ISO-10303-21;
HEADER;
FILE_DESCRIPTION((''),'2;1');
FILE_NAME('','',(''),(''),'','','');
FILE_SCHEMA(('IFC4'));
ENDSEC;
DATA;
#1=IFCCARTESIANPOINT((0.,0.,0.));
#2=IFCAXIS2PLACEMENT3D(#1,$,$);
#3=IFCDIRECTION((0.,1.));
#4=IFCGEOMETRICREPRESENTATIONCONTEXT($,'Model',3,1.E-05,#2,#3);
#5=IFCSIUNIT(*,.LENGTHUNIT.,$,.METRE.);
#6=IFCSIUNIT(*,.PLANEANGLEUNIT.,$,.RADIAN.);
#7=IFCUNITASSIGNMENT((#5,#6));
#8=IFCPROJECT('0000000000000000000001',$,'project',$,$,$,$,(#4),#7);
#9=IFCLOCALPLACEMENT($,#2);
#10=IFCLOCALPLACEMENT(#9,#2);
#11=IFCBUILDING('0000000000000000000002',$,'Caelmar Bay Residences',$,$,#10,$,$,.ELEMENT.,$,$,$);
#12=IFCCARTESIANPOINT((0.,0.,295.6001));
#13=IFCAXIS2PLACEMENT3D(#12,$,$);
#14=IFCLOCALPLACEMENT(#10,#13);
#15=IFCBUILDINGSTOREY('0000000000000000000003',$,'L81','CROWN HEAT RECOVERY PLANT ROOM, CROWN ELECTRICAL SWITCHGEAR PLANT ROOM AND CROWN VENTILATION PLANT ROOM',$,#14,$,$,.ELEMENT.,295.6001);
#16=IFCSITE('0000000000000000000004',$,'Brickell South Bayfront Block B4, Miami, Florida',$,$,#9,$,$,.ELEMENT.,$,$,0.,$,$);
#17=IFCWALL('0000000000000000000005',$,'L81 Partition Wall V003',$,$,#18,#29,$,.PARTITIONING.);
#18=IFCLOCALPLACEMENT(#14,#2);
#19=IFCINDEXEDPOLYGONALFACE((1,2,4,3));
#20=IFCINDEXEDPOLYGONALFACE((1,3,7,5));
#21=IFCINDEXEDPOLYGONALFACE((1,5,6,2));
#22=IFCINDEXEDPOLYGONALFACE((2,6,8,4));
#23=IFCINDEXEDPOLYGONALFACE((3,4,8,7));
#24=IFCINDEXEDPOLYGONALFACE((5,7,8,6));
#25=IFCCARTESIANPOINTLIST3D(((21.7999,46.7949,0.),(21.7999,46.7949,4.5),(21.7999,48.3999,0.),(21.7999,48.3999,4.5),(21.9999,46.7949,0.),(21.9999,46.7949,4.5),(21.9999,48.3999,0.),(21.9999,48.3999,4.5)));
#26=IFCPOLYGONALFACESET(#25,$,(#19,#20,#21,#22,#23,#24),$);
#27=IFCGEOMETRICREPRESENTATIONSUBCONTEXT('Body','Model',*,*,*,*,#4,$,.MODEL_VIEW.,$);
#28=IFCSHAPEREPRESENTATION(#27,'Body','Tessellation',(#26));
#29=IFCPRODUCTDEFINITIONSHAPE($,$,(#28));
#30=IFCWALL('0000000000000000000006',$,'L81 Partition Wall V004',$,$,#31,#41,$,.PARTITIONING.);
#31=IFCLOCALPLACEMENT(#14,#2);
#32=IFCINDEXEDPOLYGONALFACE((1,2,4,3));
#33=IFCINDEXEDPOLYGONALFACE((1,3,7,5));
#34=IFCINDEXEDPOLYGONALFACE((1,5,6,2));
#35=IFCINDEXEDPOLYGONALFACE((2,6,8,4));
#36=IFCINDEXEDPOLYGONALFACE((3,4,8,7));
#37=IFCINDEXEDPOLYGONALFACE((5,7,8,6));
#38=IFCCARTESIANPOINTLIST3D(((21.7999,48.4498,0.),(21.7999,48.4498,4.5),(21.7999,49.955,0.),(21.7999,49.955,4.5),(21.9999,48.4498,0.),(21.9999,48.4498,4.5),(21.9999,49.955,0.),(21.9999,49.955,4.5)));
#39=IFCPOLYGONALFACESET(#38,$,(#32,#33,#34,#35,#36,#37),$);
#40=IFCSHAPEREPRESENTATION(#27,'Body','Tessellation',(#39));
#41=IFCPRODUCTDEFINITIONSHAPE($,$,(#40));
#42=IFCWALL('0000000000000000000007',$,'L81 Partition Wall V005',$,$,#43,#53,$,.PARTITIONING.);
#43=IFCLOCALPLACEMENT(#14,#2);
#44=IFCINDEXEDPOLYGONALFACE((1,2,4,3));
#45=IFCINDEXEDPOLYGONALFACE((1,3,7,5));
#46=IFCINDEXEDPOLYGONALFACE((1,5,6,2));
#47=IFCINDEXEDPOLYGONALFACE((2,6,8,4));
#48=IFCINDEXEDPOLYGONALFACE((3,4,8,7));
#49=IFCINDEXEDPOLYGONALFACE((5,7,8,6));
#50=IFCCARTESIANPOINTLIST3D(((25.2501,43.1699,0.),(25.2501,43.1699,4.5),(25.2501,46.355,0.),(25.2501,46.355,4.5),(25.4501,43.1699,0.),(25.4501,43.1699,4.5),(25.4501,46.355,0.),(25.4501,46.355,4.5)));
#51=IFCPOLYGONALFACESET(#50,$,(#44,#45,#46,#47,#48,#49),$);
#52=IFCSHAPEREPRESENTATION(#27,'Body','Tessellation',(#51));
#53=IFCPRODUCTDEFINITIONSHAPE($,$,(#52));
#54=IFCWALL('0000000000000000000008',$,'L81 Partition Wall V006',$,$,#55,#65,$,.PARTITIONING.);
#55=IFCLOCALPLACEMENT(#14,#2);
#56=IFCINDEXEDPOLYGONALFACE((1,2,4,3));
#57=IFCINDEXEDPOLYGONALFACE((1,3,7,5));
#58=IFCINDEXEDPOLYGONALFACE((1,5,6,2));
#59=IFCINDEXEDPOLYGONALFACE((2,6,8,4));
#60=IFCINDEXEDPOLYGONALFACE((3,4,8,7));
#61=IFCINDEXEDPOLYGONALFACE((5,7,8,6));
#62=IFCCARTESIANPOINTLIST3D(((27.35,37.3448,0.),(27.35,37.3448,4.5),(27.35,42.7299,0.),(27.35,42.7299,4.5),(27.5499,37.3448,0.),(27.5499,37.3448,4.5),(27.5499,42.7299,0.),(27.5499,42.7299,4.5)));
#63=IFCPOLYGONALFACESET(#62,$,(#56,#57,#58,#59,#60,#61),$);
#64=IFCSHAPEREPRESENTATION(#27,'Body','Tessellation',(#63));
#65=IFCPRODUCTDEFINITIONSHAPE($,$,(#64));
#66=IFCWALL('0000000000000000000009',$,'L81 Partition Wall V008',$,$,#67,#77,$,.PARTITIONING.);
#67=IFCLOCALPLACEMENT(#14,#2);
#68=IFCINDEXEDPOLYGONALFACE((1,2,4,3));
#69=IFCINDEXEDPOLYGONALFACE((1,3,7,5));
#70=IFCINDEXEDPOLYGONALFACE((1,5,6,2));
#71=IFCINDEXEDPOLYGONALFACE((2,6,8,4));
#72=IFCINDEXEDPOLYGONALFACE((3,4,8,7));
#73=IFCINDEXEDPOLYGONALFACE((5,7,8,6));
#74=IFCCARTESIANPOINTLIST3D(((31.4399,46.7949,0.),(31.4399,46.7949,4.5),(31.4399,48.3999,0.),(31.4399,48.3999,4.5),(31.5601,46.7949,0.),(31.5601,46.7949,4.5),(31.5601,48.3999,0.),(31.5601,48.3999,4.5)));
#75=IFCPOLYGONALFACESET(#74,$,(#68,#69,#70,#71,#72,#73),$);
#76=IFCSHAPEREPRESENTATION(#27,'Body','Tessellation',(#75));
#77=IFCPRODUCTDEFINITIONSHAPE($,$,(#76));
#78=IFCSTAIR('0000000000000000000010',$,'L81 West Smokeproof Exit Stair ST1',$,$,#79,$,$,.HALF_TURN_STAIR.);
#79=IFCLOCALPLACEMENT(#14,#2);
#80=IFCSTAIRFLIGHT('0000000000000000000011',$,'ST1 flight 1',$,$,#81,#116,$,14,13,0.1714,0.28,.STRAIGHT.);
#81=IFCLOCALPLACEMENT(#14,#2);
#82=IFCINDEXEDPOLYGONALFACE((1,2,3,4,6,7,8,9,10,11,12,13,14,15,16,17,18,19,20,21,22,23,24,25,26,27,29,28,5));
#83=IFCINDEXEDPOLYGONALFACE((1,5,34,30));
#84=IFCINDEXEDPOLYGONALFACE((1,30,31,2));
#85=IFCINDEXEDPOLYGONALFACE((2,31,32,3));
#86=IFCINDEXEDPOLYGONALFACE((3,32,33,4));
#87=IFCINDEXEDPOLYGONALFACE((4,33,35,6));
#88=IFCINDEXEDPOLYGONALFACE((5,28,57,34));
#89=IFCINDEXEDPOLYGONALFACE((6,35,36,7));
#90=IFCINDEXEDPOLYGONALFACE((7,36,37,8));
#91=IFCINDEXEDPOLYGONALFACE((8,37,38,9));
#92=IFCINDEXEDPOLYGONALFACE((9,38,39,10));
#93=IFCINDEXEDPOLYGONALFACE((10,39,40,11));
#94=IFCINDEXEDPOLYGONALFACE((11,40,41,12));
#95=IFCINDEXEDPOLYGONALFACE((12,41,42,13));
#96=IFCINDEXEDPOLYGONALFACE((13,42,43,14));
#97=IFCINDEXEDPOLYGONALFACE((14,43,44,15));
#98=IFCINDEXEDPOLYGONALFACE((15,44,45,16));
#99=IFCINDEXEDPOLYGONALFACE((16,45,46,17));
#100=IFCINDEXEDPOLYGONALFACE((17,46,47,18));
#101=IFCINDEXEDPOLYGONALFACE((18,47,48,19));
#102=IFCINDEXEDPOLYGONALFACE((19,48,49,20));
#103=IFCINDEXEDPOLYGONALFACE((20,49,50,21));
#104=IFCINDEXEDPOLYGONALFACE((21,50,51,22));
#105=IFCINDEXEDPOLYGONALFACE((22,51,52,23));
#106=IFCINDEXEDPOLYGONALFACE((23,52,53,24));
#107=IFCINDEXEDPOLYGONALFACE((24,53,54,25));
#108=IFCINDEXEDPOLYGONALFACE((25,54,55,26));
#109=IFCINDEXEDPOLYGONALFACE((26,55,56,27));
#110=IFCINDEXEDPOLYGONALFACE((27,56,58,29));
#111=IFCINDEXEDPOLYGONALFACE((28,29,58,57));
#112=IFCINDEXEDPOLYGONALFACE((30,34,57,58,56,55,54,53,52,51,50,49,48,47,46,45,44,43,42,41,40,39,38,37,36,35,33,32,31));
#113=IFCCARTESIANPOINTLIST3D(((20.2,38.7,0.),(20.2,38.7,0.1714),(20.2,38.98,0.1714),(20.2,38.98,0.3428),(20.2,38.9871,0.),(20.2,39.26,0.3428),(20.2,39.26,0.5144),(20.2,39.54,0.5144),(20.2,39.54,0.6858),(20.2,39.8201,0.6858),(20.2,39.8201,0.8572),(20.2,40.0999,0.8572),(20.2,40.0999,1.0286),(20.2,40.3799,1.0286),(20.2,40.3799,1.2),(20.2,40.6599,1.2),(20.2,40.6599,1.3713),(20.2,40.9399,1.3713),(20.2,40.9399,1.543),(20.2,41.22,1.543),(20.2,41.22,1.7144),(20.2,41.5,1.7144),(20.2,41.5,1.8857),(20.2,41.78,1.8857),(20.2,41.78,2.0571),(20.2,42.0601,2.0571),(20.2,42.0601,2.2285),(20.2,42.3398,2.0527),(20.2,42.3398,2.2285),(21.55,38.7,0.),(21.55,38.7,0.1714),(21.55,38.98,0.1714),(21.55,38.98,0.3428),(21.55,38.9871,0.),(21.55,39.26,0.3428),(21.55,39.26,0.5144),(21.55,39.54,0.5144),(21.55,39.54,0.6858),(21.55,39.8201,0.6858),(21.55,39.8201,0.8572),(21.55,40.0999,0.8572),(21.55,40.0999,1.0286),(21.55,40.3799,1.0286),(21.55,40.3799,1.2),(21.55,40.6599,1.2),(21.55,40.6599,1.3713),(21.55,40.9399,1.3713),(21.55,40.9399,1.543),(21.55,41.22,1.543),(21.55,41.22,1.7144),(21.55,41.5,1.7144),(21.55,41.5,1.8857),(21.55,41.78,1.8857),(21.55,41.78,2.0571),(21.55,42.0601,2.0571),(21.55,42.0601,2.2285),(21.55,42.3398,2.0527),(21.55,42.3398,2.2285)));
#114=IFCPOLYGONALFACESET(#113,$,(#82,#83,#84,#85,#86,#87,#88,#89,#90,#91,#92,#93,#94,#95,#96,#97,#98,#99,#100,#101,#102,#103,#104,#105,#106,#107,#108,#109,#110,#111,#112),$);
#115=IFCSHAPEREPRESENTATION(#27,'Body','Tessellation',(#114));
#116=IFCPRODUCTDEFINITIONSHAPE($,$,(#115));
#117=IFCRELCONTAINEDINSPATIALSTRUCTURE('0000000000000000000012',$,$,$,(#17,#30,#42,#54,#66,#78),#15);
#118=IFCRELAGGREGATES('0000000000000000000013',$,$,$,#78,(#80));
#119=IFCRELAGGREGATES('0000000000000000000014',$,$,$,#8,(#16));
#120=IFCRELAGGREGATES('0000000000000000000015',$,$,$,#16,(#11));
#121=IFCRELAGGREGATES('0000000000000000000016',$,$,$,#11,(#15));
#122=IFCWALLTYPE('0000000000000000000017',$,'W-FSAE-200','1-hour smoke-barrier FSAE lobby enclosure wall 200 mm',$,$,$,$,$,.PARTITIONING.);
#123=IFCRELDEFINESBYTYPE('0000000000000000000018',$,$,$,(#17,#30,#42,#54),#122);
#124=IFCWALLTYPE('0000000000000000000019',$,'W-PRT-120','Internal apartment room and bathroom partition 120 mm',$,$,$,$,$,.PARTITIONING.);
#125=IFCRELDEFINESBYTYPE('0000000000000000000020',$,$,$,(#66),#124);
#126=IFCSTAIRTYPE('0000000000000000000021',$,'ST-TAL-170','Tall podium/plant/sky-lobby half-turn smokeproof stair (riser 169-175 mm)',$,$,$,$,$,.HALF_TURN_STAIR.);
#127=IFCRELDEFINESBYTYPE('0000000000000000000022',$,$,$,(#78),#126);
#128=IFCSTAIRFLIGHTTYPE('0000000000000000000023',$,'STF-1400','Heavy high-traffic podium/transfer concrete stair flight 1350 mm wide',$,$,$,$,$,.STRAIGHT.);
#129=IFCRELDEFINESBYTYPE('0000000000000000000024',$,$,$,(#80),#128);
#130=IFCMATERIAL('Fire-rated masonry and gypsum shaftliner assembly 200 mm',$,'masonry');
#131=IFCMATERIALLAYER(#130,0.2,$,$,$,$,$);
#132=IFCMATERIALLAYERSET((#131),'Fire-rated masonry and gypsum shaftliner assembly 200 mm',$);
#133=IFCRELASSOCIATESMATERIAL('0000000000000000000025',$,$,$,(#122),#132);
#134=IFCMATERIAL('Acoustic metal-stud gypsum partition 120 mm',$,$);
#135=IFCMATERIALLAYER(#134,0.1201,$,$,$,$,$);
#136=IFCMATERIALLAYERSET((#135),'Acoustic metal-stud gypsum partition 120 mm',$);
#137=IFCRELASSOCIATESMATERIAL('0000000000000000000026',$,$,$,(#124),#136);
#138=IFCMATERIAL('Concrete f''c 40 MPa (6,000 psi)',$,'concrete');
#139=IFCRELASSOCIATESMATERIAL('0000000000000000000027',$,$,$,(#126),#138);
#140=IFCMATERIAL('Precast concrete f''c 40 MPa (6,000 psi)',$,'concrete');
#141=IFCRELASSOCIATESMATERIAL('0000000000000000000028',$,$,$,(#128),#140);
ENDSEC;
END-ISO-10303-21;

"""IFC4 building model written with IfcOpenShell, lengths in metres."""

from ifc_helpers import new_model, si_unit, direction, frame, frame_2d, origin, place, context, subcontext, project, spatial, polyline, rectangle, outline, extrude, material, layer, layer_set, type_object, element, aggregate, save


model = new_model("IFC4")

# Units and contexts
model_context = context("Model", 3, precision=1e-05, world=origin(), true_north=direction((0.0, 1.0)))
body_context = subcontext(model_context, "Body", "Model", "MODEL_VIEW")
ifc_project = project(units=[si_unit("LENGTHUNIT", "METRE"), si_unit("PLANEANGLEUNIT", "RADIAN")], contexts=[model_context])

# Site, building, storey
site_placement = place(None, origin())
site = spatial("IfcSite", under=ifc_project, at=site_placement, Name="Brickell South Bayfront Block B4, Miami, Florida", CompositionType="ELEMENT", RefElevation=0.0)
building_placement = place(site_placement, origin())
building = spatial("IfcBuilding", under=site, at=building_placement, Name="Caelmar Bay Residences", CompositionType="ELEMENT")
storey_placement = place(building_placement, frame((0.0, 0.0, 295.6001)))
storey = spatial("IfcBuildingStorey", under=building, at=storey_placement, Name="L81", Description="CROWN HEAT RECOVERY PLANT ROOM, CROWN ELECTRICAL SWITCHGEAR PLANT ROOM AND CROWN VENTILATION PLANT ROOM", CompositionType="ELEMENT", Elevation=295.6001)

# Walls
ifc_material_1 = material(Name="Fire-rated masonry and gypsum shaftliner assembly 200 mm", Category="masonry")
ifc_layer_1 = layer(ifc_material_1, 0.2)
ifc_layer_set_1 = layer_set([ifc_layer_1], Name="Fire-rated masonry and gypsum shaftliner assembly 200 mm")
wall_type_1 = type_object("IfcWallType", Name="W-FSAE-200", Description="1-hour smoke-barrier FSAE lobby enclosure wall 200 mm", PredefinedType="PARTITIONING", material=ifc_layer_set_1)
wall_1_placement = place(storey_placement, frame((21.8999, 46.7949, 0.0), z_axis=(0.0, 0.0, 1.0), x_axis=(0.0, 1.0, 0.0)))
element("IfcWall", 1, at=wall_1_placement, inside=storey, type_object=wall_type_1, Name="L81 Partition Wall V003", PredefinedType="PARTITIONING", context=body_context, shape_type="SweptSolid", body=[
    extrude(rectangle(XDim=1.605, YDim=0.2, at=frame_2d((0.8025, 0.0))), origin(), (0.0, 0.0, 1.0), 4.5),
])
wall_2_placement = place(storey_placement, frame((21.8999, 48.45, 0.0), z_axis=(0.0, 0.0, 1.0), x_axis=(0.0, 1.0, 0.0)))
element("IfcWall", 2, at=wall_2_placement, inside=storey, type_object=wall_type_1, Name="L81 Partition Wall V004", PredefinedType="PARTITIONING", context=body_context, shape_type="SweptSolid", body=[
    extrude(rectangle(XDim=1.5051, YDim=0.2, at=frame_2d((0.7524, 0.0))), origin(), (0.0, 0.0, 1.0), 4.5),
])
wall_3_placement = place(storey_placement, frame((25.3501, 43.1699, 0.0), z_axis=(0.0, 0.0, 1.0), x_axis=(0.0, 1.0, 0.0)))
element("IfcWall", 3, at=wall_3_placement, inside=storey, type_object=wall_type_1, Name="L81 Partition Wall V005", PredefinedType="PARTITIONING", context=body_context, shape_type="SweptSolid", body=[
    extrude(rectangle(XDim=3.1851, YDim=0.2, at=frame_2d((1.5925, 0.0))), origin(), (0.0, 0.0, 1.0), 4.5),
])
wall_4_placement = place(storey_placement, frame((27.45, 37.345, 0.0), z_axis=(0.0, 0.0, 1.0), x_axis=(0.0, 1.0, 0.0)))
element("IfcWall", 4, at=wall_4_placement, inside=storey, type_object=wall_type_1, Name="L81 Partition Wall V006", PredefinedType="PARTITIONING", context=body_context, shape_type="SweptSolid", body=[
    extrude(rectangle(XDim=5.385, YDim=0.2, at=frame_2d((2.6924, 0.0))), origin(), (0.0, 0.0, 1.0), 4.5),
])
ifc_material_2 = material(Name="Acoustic metal-stud gypsum partition 120 mm")
ifc_layer_2 = layer(ifc_material_2, 0.1201)
ifc_layer_set_2 = layer_set([ifc_layer_2], Name="Acoustic metal-stud gypsum partition 120 mm")
wall_type_2 = type_object("IfcWallType", Name="W-PRT-120", Description="Internal apartment room and bathroom partition 120 mm", PredefinedType="PARTITIONING", material=ifc_layer_set_2)
wall_5_placement = place(storey_placement, frame((31.5, 46.7949, 0.0), z_axis=(0.0, 0.0, 1.0), x_axis=(0.0, 1.0, 0.0)))
element("IfcWall", 5, at=wall_5_placement, inside=storey, type_object=wall_type_2, Name="L81 Partition Wall V008", PredefinedType="PARTITIONING", context=body_context, shape_type="SweptSolid", body=[
    extrude(rectangle(XDim=1.605, YDim=0.1201, at=frame_2d((0.8025, 0.0))), origin(), (0.0, 0.0, 1.0), 4.5),
])

# Stair, stair flight
ifc_material_3 = material(Name="Concrete f'c 40 MPa (6,000 psi)", Category="concrete")
stair_type = type_object("IfcStairType", Name="ST-TAL-170", Description="Tall podium/plant/sky-lobby half-turn smokeproof stair (riser 169-175 mm)", PredefinedType="HALF_TURN_STAIR", material=ifc_material_3)
stair_placement = place(storey_placement, origin())
stair = element("IfcStair", 6, at=stair_placement, inside=storey, type_object=stair_type, Name="L81 West Smokeproof Exit Stair ST1", PredefinedType="HALF_TURN_STAIR")
ifc_material_4 = material(Name="Precast concrete f'c 40 MPa (6,000 psi)", Category="concrete")
stair_flight_type = type_object("IfcStairFlightType", Name="STF-1400", Description="Heavy high-traffic podium/transfer concrete stair flight 1350 mm wide", PredefinedType="STRAIGHT", material=ifc_material_4)
stair_flight_placement = place(storey_placement, frame((20.875, 38.7, 0.0), z_axis=(0.0, 0.0, 1.0), x_axis=(0.0, 1.0, 0.0)))
stair_flight = element("IfcStairFlight", 7, at=stair_flight_placement, type_object=stair_flight_type, Name="ST1 flight 1", NumberOfRisers=14, NumberOfTreads=13, PredefinedType="STRAIGHT", RiserHeight=0.1714, TreadLength=0.28, context=body_context, shape_type="SweptSolid", body=[
    extrude(outline(polyline([(0.0, 0.0), (0.0, 0.1714), (0.28, 0.1714), (0.28, 0.3428), (0.5601, 0.3428), (0.5601, 0.5144), (0.8401, 0.5144), (0.8401, 0.6858), (1.1201, 0.6858), (1.1201, 0.8572), (1.3999, 0.8572), (1.3999, 1.0286), (1.6799, 1.0286), (1.6799, 1.2), (1.96, 1.2), (1.96, 1.3713), (2.24, 1.3713), (2.24, 1.543), (2.52, 1.543), (2.52, 1.7144), (2.8, 1.7144), (2.8, 1.8857), (3.0801, 1.8857), (3.0801, 2.0571), (3.3601, 2.0571), (3.3601, 2.2285), (3.6399, 2.2285), (3.6399, 2.3999), (3.6399, 2.0527), (0.2871, 0.0), (0.0, 0.0)])), frame((0.0, 0.675, 0.0), z_axis=(0.0, -1.0, 0.0), x_axis=(1.0, 0.0, 0.0)), (0.0, 0.0, 1.0), 1.3501),
])
aggregate(stair, [stair_flight])

save(model, "model.ifc")
